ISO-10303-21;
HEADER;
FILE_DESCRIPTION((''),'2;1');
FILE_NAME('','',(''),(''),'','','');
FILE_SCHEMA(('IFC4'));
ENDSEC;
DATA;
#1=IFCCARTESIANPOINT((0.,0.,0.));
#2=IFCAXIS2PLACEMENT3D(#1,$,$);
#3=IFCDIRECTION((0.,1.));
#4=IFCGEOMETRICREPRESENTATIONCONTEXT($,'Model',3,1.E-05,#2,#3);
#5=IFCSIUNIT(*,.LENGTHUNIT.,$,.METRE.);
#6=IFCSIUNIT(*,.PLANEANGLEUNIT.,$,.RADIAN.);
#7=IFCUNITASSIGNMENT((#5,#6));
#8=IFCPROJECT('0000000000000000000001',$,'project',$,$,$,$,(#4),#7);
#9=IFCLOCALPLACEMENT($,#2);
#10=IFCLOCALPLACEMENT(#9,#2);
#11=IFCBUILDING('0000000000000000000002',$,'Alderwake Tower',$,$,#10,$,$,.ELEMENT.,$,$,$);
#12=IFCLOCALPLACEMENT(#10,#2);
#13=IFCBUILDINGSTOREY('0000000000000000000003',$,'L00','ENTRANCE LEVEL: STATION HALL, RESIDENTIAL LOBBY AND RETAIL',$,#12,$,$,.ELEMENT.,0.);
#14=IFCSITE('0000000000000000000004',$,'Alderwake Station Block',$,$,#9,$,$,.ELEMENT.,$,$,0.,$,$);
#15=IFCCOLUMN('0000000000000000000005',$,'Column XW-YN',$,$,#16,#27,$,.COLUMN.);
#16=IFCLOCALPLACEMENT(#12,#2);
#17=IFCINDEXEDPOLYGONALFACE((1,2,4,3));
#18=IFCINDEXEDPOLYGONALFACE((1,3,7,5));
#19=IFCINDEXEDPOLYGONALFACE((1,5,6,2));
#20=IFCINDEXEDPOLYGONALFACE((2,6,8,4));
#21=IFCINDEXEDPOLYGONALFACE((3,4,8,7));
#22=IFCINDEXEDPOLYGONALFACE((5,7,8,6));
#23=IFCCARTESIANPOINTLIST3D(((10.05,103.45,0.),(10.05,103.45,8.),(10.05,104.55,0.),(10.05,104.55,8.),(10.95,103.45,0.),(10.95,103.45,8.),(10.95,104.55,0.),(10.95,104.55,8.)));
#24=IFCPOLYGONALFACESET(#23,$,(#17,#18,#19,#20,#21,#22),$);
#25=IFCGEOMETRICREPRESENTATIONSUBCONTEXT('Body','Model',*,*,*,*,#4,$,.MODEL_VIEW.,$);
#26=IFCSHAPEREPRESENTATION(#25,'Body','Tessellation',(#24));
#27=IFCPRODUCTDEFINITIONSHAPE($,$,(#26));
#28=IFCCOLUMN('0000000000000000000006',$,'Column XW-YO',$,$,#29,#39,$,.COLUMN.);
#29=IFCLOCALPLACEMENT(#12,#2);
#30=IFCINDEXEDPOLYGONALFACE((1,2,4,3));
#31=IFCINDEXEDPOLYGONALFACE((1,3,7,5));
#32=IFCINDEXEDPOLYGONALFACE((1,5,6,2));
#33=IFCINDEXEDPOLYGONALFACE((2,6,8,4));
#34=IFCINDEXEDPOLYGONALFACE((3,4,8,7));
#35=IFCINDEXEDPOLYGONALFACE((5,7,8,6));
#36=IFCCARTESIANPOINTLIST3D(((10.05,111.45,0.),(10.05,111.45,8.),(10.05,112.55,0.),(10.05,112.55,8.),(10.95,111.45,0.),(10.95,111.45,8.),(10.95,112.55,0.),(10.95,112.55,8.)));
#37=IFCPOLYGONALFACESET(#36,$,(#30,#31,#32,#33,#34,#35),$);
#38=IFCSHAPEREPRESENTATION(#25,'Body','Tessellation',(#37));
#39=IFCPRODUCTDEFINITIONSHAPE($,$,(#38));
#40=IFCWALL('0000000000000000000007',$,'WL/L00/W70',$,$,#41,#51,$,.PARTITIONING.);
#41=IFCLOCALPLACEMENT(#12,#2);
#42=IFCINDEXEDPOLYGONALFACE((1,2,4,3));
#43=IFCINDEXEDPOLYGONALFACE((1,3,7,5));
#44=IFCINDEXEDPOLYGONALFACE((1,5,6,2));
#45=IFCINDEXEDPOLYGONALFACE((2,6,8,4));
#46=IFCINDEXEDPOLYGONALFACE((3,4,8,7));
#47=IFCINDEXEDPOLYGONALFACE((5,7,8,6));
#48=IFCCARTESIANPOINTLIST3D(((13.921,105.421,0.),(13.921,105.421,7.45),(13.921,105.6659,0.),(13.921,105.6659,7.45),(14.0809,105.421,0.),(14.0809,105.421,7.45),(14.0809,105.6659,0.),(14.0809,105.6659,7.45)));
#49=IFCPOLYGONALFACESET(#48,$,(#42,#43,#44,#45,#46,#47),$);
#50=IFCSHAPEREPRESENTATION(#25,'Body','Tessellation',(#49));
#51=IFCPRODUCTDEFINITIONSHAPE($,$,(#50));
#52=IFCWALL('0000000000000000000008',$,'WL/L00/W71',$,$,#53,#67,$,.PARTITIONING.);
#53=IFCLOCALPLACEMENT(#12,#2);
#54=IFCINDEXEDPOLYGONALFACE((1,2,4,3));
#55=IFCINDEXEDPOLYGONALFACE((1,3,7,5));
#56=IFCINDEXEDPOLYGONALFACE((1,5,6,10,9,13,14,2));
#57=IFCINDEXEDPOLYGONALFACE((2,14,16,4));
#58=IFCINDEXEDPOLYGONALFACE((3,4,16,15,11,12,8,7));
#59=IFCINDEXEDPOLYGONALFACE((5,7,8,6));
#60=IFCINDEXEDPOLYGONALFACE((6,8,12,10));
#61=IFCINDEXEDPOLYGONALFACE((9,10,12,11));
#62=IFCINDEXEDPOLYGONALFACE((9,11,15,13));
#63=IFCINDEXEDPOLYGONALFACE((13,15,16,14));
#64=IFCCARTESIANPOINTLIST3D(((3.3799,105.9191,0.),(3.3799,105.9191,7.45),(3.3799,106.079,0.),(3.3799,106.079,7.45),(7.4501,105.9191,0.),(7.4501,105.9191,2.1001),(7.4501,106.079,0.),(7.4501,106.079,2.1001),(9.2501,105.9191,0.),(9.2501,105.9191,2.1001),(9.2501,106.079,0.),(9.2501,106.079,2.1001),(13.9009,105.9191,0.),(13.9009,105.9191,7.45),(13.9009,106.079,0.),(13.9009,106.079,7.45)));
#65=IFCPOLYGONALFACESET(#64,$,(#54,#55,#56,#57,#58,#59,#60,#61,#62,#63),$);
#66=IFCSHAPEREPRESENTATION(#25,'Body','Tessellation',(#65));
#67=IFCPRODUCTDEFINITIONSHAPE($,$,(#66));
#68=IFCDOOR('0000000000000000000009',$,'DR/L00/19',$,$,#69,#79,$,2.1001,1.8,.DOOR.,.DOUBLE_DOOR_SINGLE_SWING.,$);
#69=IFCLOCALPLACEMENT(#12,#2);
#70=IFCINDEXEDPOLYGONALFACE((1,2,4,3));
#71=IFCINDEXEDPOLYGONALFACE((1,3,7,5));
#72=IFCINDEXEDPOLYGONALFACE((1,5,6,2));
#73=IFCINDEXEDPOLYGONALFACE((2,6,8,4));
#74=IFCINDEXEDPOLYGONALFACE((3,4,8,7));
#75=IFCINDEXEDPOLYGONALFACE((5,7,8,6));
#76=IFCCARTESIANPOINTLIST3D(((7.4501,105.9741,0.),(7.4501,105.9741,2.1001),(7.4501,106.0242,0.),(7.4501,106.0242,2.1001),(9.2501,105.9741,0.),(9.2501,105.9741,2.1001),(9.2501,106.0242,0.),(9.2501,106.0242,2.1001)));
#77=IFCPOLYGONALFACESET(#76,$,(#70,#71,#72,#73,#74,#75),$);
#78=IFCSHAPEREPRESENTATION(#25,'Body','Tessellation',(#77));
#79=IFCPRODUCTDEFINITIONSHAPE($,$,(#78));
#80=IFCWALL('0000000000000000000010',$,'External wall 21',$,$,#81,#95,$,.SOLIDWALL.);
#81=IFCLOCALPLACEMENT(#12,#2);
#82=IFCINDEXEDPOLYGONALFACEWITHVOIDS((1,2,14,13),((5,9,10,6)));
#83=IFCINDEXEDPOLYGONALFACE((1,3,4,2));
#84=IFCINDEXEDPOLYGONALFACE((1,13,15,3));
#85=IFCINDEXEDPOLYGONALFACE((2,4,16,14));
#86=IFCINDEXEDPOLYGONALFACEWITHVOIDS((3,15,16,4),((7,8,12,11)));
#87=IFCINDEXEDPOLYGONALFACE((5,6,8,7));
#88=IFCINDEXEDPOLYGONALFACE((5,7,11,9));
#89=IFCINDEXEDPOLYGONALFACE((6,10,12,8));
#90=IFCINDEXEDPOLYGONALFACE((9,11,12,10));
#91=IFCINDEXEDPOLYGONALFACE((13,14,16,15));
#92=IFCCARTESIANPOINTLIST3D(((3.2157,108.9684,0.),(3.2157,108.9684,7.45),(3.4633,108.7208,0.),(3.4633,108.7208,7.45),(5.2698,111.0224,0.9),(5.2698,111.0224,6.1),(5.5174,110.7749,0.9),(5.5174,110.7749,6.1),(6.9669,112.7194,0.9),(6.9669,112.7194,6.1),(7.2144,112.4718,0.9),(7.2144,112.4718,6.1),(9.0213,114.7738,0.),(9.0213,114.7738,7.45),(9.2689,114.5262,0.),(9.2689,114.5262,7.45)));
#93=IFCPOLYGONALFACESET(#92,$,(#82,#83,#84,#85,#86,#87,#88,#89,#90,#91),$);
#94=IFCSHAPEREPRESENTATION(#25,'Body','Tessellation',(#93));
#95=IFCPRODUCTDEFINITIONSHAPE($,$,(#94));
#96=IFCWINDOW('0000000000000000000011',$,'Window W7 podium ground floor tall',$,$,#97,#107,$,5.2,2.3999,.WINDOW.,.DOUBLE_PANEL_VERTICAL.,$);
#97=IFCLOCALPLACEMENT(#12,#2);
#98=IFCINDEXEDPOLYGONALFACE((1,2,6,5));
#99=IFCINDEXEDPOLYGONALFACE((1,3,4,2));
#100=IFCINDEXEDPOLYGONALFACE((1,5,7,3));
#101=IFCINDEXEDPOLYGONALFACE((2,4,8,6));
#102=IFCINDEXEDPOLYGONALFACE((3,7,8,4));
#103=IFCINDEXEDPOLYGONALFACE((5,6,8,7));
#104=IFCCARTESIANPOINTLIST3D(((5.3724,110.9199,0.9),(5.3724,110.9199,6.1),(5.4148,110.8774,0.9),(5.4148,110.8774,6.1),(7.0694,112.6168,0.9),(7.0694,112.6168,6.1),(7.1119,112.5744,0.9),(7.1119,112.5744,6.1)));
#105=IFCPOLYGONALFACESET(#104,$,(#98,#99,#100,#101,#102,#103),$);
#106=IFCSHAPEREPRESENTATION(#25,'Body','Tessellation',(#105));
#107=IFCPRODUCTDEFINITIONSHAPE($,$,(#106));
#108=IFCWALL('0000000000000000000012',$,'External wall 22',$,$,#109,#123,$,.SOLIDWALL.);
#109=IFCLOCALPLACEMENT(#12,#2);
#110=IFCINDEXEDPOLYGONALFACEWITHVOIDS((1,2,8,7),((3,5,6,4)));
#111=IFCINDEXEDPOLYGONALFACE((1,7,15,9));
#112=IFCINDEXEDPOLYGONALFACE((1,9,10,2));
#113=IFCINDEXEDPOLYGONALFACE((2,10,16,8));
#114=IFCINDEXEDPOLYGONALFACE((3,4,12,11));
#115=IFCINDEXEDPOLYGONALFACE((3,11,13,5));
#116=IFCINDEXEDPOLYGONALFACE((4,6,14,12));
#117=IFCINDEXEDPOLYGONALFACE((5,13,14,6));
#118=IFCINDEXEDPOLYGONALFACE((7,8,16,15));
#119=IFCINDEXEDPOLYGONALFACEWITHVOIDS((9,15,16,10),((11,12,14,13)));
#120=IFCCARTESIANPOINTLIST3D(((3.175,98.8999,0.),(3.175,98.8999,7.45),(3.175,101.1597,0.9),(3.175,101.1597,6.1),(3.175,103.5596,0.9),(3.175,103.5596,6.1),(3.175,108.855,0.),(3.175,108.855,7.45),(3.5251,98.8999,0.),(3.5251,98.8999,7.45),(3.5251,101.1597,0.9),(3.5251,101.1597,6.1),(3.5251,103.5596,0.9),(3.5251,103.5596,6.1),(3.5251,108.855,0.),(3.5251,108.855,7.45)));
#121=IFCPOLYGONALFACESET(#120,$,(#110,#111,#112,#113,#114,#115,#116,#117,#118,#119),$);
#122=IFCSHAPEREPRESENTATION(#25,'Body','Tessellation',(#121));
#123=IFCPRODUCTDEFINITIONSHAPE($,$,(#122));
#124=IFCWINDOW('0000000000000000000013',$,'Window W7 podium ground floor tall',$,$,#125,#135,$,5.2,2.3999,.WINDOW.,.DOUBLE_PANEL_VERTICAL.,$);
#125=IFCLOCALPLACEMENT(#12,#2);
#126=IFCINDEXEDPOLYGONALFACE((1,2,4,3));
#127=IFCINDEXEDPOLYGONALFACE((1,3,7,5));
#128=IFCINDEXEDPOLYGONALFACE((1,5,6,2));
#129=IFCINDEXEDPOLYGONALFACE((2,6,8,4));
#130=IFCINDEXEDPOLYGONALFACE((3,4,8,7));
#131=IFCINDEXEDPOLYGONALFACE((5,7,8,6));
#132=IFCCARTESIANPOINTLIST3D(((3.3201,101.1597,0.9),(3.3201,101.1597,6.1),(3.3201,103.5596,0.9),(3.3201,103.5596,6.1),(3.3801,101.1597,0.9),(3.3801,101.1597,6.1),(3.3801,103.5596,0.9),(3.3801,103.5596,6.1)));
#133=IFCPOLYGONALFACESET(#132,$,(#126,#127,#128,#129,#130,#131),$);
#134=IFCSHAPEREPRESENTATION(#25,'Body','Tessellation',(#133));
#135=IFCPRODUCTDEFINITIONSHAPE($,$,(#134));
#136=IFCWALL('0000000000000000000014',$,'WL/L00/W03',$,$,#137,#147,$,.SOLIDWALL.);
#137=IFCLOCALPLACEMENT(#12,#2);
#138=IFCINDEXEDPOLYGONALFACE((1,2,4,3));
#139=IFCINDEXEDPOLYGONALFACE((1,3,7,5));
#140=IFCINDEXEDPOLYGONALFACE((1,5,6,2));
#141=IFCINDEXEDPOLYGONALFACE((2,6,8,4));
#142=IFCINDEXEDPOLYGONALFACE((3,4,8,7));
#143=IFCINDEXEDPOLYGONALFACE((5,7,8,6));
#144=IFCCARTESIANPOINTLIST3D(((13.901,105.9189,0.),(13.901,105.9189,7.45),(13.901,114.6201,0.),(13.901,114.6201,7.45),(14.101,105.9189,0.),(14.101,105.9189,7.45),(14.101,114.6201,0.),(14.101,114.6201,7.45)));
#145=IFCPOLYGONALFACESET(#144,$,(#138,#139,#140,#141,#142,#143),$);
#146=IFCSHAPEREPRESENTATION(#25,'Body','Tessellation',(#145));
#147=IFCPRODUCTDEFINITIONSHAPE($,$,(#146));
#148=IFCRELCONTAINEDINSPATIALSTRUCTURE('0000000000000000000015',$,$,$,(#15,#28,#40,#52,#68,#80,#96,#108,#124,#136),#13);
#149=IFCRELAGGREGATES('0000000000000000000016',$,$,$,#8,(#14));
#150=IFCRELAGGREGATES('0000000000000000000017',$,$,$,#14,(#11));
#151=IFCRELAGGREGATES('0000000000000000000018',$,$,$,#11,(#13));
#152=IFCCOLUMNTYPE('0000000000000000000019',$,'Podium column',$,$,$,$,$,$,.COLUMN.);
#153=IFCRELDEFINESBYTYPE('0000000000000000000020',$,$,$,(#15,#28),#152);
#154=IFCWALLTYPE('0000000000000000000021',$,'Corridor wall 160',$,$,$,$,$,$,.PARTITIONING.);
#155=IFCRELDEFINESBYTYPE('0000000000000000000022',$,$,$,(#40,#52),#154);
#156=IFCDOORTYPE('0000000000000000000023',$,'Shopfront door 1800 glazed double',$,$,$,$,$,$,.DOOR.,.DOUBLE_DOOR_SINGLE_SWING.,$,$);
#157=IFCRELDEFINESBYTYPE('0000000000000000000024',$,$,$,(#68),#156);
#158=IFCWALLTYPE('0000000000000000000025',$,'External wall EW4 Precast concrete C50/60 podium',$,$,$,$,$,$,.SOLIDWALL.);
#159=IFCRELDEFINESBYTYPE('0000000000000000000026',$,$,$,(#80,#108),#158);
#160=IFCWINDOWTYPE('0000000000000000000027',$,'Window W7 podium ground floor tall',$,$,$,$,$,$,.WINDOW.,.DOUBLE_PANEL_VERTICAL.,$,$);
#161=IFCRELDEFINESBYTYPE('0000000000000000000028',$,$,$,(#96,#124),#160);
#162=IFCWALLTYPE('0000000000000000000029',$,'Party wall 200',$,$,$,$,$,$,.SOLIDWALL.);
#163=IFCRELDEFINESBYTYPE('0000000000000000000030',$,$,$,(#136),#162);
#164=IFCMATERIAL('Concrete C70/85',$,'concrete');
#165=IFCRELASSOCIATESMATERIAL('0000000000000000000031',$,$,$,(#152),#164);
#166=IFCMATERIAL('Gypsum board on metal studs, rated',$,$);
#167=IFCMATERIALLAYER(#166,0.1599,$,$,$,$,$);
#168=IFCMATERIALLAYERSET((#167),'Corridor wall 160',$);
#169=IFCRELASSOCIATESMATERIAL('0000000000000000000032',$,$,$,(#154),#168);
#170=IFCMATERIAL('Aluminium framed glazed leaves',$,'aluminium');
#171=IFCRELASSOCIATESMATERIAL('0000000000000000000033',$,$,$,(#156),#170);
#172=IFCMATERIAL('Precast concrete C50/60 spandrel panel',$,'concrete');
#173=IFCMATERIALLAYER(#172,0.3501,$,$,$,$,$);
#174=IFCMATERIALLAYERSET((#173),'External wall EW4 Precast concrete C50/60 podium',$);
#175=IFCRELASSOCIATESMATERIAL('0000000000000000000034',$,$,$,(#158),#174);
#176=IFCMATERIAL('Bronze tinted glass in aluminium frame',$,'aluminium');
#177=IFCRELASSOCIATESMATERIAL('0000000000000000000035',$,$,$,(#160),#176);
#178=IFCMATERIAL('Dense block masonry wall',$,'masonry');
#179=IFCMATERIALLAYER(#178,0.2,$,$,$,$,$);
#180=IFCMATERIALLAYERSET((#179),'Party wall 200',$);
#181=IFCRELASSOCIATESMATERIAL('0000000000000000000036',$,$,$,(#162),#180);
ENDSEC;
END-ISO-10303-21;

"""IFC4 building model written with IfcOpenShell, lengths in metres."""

from ifc_helpers import new_model, si_unit, direction, frame, frame_2d, origin, origin_2d, place, context, subcontext, project, spatial, rectangle, extrude, material, layer, layer_set, material_profile, profile_set, type_object, element, fill, save


model = new_model("IFC4")

# Units and contexts
model_context = context("Model", 3, precision=1e-05, world=origin(), true_north=direction((0.0, 1.0)))
body_context = subcontext(model_context, "Body", "Model", "MODEL_VIEW")
ifc_project = project(units=[si_unit("LENGTHUNIT", "METRE"), si_unit("PLANEANGLEUNIT", "RADIAN")], contexts=[model_context])

# Site, building, storey
site_placement = place(None, origin())
site = spatial("IfcSite", under=ifc_project, at=site_placement, Name="Alderwake Station Block", CompositionType="ELEMENT", RefElevation=0.0)
building_placement = place(site_placement, origin())
building = spatial("IfcBuilding", under=site, at=building_placement, Name="Alderwake Tower", CompositionType="ELEMENT")
storey_placement = place(building_placement, origin())
storey = spatial("IfcBuildingStorey", under=building, at=storey_placement, Name="L00", Description="ENTRANCE LEVEL: STATION HALL, RESIDENTIAL LOBBY AND RETAIL", CompositionType="ELEMENT", Elevation=0.0)

# Columns
ifc_material_1 = material(Name="Concrete C70/85", Category="concrete")
ifc_material_profile = material_profile(ifc_material_1, rectangle(XDim=0.8999, YDim=1.1001, at=origin_2d()), Name="RC 1100X900")
ifc_profile_set = profile_set([ifc_material_profile], Name="Concrete C70/85")
column_type = type_object("IfcColumnType", Name="Podium column", PredefinedType="COLUMN", material=ifc_profile_set)
for number, where, z_axis, x_axis, name in (
    (1, (10.5, 104.0, 0.0), (0.0, 0.0, 1.0), (1.0, 0.0, 0.0), "Column XW-YN"),
    (2, (10.5, 112.0, 0.0), (0.0, 0.0, 1.0), (1.0, 0.0, 0.0), "Column XW-YO"),
):
    element("IfcColumn", number, at=place(storey_placement, frame(where, z_axis=z_axis, x_axis=x_axis)), inside=storey, type_object=column_type, Name=name, PredefinedType="COLUMN", context=body_context, shape_type="SweptSolid", body=[
        extrude(rectangle(XDim=0.8999, YDim=1.1001, at=origin_2d()), origin(), (0.0, 0.0, 1.0), 8.0),
    ])

# Wall
ifc_material_2 = material(Name="Gypsum board on metal studs, rated")
ifc_layer_1 = layer(ifc_material_2, 0.1599)
ifc_layer_set_1 = layer_set([ifc_layer_1], Name="Corridor wall 160")
wall_type_1 = type_object("IfcWallType", Name="Corridor wall 160", PredefinedType="PARTITIONING", material=ifc_layer_set_1)
wall_1_placement = place(storey_placement, frame((14.001, 105.4209, 0.0), z_axis=(0.0, 0.0, 1.0), x_axis=(0.0, 1.0, 0.0)))
element("IfcWall", 3, at=wall_1_placement, inside=storey, type_object=wall_type_1, Name="WL/L00/W70", PredefinedType="PARTITIONING", context=body_context, shape_type="SweptSolid", body=[
    extrude(rectangle(XDim=0.2449, YDim=0.1599, at=frame_2d((0.1226, 0.0))), origin(), (0.0, 0.0, 1.0), 7.45),
])

# Wall, opening, door
wall_2_placement = place(storey_placement, frame((13.9009, 105.999, 0.0), z_axis=(0.0, 0.0, 1.0), x_axis=(-1.0, 0.0, 0.0)))
wall_2 = element("IfcWall", 4, at=wall_2_placement, inside=storey, type_object=wall_type_1, Name="WL/L00/W71", PredefinedType="PARTITIONING", context=body_context, shape_type="SweptSolid", body=[
    extrude(rectangle(XDim=10.521, YDim=0.1599, at=frame_2d((5.2605, 0.0))), origin(), (0.0, 0.0, 1.0), 7.45),
])
opening_1_placement = place(wall_2_placement, frame((4.6509, 0.0, 0.0)))
opening_1 = element("IfcOpeningElement", 5, at=opening_1_placement, cuts=wall_2, PredefinedType="OPENING", context=body_context, shape_type="SweptSolid", body=[
    extrude(rectangle(XDim=1.8, YDim=2.1001, at=frame_2d((0.8999, 1.05))), frame((0.0, 0.0898, 0.0), z_axis=(0.0, -1.0, 0.0), x_axis=(1.0, 0.0, 0.0)), (0.0, 0.0, 1.0), 0.1799),
])
ifc_material_3 = material(Name="Aluminium framed glazed leaves", Category="aluminium")
door_type = type_object("IfcDoorType", Name="Shopfront door 1800 glazed double", OperationType="DOUBLE_DOOR_SINGLE_SWING", PredefinedType="DOOR", material=ifc_material_3)
door_placement = place(opening_1_placement, origin())
door = element("IfcDoor", 6, at=door_placement, inside=storey, type_object=door_type, Name="DR/L00/19", OperationType="DOUBLE_DOOR_SINGLE_SWING", OverallHeight=2.1001, OverallWidth=1.8, PredefinedType="DOOR", context=body_context, shape_type="SweptSolid", body=[
    extrude(rectangle(XDim=1.8, YDim=2.1001, at=frame_2d((0.8999, 1.05))), frame((0.0, 0.0249, 0.0), z_axis=(0.0, -1.0, 0.0), x_axis=(1.0, 0.0, 0.0)), (0.0, 0.0, 1.0), 0.05),
])
fill(opening_1, door)

# Walls, openings, windows
ifc_material_4 = material(Name="Precast concrete C50/60 spandrel panel", Category="concrete")
ifc_layer_2 = layer(ifc_material_4, 0.3501)
ifc_layer_set_2 = layer_set([ifc_layer_2], Name="External wall EW4 Precast concrete C50/60 podium")
wall_type_2 = type_object("IfcWallType", Name="External wall EW4 Precast concrete C50/60 podium", PredefinedType="SOLIDWALL", material=ifc_layer_set_2)
wall_3_placement = place(storey_placement, frame((9.145, 114.6499, 0.0), z_axis=(0.0, 0.0, 1.0), x_axis=(-0.707122, -0.707092, 0.0)))
wall_3 = element("IfcWall", 7, at=wall_3_placement, inside=storey, type_object=wall_type_2, Name="External wall 21", PredefinedType="SOLIDWALL", context=body_context, shape_type="SweptSolid", body=[
    extrude(rectangle(XDim=8.2102, YDim=0.3501, at=frame_2d((4.105, 0.0))), origin(), (0.0, 0.0, 1.0), 7.45),
])
opening_2_placement = place(wall_3_placement, frame((2.9053, 0.0, 0.8999)))
opening_2 = element("IfcOpeningElement", 8, at=opening_2_placement, cuts=wall_3, PredefinedType="OPENING", context=body_context, shape_type="SweptSolid", body=[
    extrude(rectangle(XDim=2.3999, YDim=5.2, at=frame_2d((1.2, 2.6001))), frame((0.0, 0.1851, 0.0), z_axis=(0.0, -1.0, 0.0), x_axis=(1.0, 0.0, 0.0)), (0.0, 0.0, 1.0), 0.3701),
])
ifc_material_5 = material(Name="Bronze tinted glass in aluminium frame", Category="aluminium")
window_type = type_object("IfcWindowType", Name="Window W7 podium ground floor tall", PartitioningType="DOUBLE_PANEL_VERTICAL", PredefinedType="WINDOW", material=ifc_material_5)
window_1_placement = place(opening_2_placement, origin())
window_1 = element("IfcWindow", 9, at=window_1_placement, inside=storey, type_object=window_type, Name="Window W7 podium ground floor tall", OverallHeight=5.2, OverallWidth=2.3999, PartitioningType="DOUBLE_PANEL_VERTICAL", PredefinedType="WINDOW", context=body_context, shape_type="SweptSolid", body=[
    extrude(rectangle(XDim=2.3999, YDim=5.2, at=frame_2d((1.2, 2.6001))), frame((0.0, 0.03, 0.0), z_axis=(0.0, -1.0, 0.0), x_axis=(1.0, 0.0, 0.0)), (0.0, 0.0, 1.0), 0.0601),
])
fill(opening_2, window_1)
wall_4_placement = place(storey_placement, frame((3.3501, 108.855, 0.0), z_axis=(0.0, 0.0, 1.0), x_axis=(0.0, -1.0, 0.0)))
wall_4 = element("IfcWall", 10, at=wall_4_placement, inside=storey, type_object=wall_type_2, Name="External wall 22", PredefinedType="SOLIDWALL", context=body_context, shape_type="SweptSolid", body=[
    extrude(rectangle(XDim=9.9551, YDim=0.3501, at=frame_2d((4.9775, 0.0))), origin(), (0.0, 0.0, 1.0), 7.45),
])
opening_3_placement = place(wall_4_placement, frame((5.2954, 0.0, 0.8999)))
opening_3 = element("IfcOpeningElement", 11, at=opening_3_placement, cuts=wall_4, PredefinedType="OPENING", context=body_context, shape_type="SweptSolid", body=[
    extrude(rectangle(XDim=2.3999, YDim=5.2, at=frame_2d((1.2, 2.6001))), frame((0.0, 0.1851, 0.0), z_axis=(0.0, -1.0, 0.0), x_axis=(1.0, 0.0, 0.0)), (0.0, 0.0, 1.0), 0.3701),
])
window_2_placement = place(opening_3_placement, origin())
window_2 = element("IfcWindow", 12, at=window_2_placement, inside=storey, type_object=window_type, Name="Window W7 podium ground floor tall", OverallHeight=5.2, OverallWidth=2.3999, PartitioningType="DOUBLE_PANEL_VERTICAL", PredefinedType="WINDOW", context=body_context, shape_type="SweptSolid", body=[
    extrude(rectangle(XDim=2.3999, YDim=5.2, at=frame_2d((1.2, 2.6001))), frame((0.0, 0.03, 0.0), z_axis=(0.0, -1.0, 0.0), x_axis=(1.0, 0.0, 0.0)), (0.0, 0.0, 1.0), 0.0601),
])
fill(opening_3, window_2)

# Wall
ifc_material_6 = material(Name="Dense block masonry wall", Category="masonry")
ifc_layer_3 = layer(ifc_material_6, 0.2)
ifc_layer_set_3 = layer_set([ifc_layer_3], Name="Party wall 200")
wall_type_3 = type_object("IfcWallType", Name="Party wall 200", PredefinedType="SOLIDWALL", material=ifc_layer_set_3)
wall_5_placement = place(storey_placement, frame((14.001, 114.6201, 0.0), z_axis=(0.0, 0.0, 1.0), x_axis=(0.0, -1.0, 0.0)))
element("IfcWall", 13, at=wall_5_placement, inside=storey, type_object=wall_type_3, Name="WL/L00/W03", PredefinedType="SOLIDWALL", context=body_context, shape_type="SweptSolid", body=[
    extrude(rectangle(XDim=8.7012, YDim=0.2, at=frame_2d((4.3506, 0.0))), origin(), (0.0, 0.0, 1.0), 7.45),
])

save(model, "model.ifc")
